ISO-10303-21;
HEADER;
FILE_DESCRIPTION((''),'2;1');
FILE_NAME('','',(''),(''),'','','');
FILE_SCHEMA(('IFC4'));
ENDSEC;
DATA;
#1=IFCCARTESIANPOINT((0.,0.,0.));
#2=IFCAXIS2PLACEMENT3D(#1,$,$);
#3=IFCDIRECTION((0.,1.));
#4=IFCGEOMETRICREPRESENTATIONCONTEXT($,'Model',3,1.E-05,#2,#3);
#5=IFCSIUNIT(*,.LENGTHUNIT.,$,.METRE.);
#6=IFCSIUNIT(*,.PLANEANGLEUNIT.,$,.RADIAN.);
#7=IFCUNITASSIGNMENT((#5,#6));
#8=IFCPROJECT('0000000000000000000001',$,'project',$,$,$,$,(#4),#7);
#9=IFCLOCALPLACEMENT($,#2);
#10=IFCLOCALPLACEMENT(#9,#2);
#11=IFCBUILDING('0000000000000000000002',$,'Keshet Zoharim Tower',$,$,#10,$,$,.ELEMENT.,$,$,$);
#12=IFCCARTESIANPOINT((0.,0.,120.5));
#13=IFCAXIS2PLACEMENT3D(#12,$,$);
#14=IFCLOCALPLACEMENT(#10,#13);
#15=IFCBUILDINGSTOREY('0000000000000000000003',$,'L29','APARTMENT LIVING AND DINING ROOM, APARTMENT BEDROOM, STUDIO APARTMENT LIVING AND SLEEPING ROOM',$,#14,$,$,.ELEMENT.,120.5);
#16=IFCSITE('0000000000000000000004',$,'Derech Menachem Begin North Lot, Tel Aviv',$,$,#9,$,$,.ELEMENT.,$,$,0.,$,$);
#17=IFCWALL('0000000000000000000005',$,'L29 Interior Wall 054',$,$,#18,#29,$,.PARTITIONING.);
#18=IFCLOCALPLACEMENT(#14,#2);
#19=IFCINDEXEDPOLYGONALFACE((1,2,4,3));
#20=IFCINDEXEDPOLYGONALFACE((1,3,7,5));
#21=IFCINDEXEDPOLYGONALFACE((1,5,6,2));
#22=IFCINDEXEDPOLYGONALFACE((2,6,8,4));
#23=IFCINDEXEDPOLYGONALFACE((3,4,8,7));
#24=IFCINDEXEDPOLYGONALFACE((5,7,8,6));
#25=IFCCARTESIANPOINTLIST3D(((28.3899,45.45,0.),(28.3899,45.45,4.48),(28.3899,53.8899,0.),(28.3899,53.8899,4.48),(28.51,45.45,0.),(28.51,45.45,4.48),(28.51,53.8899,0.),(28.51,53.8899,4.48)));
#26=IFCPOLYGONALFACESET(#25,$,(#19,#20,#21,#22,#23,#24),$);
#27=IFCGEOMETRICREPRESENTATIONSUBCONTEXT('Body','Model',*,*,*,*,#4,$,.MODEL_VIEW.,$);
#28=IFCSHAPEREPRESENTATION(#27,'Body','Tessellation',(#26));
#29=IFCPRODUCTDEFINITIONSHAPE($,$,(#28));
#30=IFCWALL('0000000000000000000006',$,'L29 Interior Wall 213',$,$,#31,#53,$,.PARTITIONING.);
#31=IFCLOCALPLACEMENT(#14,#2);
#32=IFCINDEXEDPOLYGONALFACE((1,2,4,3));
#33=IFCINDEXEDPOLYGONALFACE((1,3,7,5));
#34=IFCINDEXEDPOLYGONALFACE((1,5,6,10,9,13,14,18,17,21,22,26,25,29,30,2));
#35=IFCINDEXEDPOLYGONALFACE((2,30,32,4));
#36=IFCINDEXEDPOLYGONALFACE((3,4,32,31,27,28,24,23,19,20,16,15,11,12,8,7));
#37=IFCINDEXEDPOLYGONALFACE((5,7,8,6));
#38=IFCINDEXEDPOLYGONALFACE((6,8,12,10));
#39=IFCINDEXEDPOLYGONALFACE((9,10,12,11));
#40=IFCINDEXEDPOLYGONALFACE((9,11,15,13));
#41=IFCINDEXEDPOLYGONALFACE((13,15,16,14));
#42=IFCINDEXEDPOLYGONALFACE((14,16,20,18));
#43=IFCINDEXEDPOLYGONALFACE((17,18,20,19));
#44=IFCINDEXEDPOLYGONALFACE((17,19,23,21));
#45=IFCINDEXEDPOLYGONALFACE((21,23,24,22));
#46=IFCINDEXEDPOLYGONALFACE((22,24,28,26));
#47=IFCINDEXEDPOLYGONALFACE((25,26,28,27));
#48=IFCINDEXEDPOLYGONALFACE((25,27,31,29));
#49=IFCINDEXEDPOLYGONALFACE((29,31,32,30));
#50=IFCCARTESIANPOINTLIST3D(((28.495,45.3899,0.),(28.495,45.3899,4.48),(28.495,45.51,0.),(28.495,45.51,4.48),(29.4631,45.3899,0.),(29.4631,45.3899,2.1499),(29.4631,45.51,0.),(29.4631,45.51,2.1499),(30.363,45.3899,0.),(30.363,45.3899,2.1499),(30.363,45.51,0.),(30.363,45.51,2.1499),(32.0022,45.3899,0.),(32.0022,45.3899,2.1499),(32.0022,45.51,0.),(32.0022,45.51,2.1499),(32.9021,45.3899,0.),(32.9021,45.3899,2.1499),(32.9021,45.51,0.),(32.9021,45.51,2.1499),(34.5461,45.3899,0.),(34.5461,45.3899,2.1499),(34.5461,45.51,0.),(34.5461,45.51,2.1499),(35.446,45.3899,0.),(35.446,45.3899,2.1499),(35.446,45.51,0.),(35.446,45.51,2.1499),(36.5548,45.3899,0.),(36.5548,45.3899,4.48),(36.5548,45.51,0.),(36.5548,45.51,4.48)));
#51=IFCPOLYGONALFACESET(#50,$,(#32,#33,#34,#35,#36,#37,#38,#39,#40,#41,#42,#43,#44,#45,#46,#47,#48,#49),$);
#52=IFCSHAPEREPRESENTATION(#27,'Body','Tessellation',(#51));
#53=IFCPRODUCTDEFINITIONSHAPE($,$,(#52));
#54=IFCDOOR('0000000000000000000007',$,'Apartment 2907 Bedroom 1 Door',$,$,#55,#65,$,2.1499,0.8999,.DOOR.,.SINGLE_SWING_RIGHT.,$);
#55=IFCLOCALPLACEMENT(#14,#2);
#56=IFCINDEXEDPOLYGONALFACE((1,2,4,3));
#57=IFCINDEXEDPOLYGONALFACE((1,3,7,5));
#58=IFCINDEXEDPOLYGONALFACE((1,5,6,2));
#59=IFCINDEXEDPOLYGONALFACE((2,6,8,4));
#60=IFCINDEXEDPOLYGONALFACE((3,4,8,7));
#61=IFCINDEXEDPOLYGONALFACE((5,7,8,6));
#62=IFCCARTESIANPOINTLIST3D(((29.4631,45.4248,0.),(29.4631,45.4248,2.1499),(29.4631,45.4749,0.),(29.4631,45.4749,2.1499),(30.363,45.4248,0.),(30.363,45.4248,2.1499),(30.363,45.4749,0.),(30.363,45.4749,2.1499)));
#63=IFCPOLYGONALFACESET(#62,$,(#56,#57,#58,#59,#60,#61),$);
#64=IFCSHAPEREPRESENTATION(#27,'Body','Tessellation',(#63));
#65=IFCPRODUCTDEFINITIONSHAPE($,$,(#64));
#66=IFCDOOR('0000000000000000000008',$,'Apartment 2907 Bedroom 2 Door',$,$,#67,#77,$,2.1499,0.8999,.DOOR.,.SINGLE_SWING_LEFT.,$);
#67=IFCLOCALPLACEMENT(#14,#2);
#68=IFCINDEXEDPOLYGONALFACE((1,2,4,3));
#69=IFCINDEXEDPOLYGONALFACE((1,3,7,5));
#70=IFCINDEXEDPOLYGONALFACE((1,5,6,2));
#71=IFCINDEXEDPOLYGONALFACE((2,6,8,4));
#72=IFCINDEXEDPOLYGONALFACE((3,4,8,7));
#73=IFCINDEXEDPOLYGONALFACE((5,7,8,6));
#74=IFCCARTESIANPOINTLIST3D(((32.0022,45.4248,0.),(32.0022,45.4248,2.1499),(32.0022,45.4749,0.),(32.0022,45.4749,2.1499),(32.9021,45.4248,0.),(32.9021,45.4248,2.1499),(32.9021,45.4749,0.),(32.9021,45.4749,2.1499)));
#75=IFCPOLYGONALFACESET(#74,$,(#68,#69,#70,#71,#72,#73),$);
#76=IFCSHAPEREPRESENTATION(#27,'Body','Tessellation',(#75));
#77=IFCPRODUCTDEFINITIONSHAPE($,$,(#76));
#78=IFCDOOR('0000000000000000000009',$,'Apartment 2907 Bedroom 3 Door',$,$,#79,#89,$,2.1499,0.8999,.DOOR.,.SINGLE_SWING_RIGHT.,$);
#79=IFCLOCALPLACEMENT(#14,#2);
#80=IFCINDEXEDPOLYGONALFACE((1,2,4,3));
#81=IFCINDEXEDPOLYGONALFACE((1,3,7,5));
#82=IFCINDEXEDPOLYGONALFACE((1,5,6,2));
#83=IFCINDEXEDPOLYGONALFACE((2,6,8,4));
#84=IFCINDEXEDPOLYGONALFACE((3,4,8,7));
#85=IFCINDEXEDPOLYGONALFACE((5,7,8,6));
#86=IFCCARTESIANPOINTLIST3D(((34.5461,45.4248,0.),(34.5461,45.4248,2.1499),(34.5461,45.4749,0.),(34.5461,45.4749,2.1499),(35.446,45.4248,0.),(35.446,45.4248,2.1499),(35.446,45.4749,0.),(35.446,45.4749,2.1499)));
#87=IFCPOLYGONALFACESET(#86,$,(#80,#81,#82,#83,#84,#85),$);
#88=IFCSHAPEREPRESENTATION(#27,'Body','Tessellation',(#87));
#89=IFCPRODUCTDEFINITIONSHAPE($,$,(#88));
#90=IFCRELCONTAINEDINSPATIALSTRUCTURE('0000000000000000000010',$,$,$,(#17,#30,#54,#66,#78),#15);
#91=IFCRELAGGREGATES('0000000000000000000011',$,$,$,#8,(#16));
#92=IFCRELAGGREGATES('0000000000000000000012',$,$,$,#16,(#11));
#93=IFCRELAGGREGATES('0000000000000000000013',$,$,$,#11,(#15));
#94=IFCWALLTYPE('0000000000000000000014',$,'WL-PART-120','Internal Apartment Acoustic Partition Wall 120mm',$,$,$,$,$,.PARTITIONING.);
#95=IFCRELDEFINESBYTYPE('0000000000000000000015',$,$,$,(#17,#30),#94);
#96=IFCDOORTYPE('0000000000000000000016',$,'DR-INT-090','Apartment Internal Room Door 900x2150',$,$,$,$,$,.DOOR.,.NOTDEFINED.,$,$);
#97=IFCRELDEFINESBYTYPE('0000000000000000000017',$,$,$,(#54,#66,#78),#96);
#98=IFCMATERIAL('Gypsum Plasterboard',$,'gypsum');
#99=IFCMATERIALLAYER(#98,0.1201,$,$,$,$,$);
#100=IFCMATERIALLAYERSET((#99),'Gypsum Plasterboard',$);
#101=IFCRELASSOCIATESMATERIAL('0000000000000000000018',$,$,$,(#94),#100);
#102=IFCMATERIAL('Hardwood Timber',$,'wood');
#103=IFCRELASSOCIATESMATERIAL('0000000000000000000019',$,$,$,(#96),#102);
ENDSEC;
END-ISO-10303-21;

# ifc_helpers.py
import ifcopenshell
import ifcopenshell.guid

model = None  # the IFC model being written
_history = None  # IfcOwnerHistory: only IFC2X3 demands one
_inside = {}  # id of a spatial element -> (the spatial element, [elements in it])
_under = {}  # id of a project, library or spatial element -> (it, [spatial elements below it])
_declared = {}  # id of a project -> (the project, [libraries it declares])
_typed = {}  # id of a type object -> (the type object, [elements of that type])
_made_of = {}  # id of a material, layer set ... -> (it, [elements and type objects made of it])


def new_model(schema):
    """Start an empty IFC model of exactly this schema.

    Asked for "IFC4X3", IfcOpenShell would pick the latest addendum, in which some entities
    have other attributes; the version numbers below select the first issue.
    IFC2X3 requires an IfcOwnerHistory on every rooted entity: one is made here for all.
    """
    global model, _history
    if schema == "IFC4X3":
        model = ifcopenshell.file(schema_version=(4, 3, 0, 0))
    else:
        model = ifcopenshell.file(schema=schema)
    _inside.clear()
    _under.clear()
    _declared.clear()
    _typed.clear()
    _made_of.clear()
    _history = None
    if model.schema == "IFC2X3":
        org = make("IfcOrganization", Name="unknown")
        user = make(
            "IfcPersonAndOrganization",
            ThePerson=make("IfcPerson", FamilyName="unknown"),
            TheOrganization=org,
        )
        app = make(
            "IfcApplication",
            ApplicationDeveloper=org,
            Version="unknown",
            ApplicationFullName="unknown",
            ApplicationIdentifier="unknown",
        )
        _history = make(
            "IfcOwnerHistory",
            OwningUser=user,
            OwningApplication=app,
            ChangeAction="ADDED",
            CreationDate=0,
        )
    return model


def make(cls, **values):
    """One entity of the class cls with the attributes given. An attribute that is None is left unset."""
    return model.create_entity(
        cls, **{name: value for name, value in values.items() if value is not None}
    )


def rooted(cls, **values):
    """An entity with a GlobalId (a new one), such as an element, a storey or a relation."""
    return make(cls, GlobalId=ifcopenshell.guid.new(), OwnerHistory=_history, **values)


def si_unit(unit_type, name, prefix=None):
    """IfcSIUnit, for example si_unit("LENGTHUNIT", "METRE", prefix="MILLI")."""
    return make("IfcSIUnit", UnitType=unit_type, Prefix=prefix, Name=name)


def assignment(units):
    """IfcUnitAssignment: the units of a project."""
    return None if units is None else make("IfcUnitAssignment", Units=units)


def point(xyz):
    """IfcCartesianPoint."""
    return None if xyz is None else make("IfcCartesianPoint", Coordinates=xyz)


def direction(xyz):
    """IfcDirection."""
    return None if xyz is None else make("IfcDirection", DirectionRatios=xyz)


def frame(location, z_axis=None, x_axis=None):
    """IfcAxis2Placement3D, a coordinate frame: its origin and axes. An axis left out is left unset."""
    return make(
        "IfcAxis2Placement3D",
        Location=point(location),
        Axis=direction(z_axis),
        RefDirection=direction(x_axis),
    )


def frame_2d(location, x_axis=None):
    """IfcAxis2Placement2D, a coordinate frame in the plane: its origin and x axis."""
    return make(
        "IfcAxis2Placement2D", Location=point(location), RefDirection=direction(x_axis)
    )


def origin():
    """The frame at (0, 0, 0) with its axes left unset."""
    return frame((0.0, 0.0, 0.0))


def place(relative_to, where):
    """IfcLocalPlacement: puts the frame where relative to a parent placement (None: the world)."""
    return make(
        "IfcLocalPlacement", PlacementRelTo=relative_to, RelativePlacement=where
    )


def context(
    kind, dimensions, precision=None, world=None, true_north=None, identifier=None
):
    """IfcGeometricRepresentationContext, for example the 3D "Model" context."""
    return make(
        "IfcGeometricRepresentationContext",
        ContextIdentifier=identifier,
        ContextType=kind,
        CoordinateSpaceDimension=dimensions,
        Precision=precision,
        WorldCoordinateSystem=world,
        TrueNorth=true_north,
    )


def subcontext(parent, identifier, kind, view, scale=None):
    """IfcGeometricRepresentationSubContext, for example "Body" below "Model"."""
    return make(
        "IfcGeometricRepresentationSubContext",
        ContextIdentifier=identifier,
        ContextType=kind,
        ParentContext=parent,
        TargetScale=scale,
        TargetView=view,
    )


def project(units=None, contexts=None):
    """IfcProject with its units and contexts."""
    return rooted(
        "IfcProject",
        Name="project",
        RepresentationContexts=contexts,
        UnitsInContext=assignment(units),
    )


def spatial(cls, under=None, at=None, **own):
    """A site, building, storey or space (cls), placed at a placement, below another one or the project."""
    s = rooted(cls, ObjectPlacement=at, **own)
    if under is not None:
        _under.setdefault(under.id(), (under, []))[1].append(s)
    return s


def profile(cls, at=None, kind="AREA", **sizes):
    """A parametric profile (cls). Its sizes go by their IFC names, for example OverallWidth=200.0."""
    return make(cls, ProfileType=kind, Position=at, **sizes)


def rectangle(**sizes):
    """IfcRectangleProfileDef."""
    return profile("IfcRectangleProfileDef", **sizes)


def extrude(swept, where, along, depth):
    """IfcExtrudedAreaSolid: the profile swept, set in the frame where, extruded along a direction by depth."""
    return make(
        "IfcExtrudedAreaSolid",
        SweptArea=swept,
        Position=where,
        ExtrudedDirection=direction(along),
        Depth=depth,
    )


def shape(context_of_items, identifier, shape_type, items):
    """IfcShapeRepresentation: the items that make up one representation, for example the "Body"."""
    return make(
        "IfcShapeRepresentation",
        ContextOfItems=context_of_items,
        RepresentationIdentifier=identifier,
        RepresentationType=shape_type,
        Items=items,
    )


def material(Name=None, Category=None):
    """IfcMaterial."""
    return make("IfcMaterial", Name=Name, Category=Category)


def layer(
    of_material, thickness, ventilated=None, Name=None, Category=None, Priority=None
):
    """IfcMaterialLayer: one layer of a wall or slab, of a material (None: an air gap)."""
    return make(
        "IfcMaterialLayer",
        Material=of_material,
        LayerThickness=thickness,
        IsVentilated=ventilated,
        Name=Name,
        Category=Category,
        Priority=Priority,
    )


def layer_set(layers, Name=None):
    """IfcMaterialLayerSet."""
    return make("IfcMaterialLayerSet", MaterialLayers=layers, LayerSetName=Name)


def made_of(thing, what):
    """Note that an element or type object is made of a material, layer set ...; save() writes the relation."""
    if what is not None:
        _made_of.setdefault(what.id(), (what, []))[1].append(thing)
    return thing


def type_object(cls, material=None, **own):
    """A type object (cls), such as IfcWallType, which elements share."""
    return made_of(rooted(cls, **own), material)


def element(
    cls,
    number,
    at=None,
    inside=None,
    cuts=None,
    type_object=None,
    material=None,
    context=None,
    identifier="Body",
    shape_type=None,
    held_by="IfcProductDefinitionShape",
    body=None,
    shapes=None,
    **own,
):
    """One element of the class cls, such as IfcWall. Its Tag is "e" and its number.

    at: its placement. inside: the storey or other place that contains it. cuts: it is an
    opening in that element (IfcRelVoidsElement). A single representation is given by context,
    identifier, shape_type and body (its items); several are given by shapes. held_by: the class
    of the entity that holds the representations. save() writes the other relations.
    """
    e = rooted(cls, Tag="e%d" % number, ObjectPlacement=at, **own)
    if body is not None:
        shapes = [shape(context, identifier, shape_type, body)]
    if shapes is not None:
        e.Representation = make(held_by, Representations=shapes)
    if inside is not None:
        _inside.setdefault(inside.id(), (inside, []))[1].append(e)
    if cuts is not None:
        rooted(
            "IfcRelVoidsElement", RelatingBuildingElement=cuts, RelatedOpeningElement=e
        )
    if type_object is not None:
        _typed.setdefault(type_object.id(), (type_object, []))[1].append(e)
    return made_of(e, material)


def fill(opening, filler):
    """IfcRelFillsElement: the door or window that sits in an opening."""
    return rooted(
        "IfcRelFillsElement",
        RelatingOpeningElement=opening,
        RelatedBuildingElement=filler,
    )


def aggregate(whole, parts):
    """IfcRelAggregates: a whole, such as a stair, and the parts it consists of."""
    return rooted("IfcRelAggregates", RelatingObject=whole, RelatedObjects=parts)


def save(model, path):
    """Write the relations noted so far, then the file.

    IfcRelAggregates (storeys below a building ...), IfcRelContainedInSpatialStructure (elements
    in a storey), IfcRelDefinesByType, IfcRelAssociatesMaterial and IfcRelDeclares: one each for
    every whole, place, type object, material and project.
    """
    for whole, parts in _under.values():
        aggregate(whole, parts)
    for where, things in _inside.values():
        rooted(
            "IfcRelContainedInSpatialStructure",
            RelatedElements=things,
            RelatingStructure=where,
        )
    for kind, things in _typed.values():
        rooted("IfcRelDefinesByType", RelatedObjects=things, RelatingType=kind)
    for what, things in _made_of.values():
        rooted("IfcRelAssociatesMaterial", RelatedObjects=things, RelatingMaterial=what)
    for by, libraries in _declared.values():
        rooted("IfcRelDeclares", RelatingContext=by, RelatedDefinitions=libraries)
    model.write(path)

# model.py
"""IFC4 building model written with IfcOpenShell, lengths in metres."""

from ifc_helpers import new_model, si_unit, direction, frame, frame_2d, origin, place, context, subcontext, project, spatial, rectangle, extrude, material, layer, layer_set, type_object, element, fill, save


model = new_model("IFC4")

# Units and contexts
model_context = context("Model", 3, precision=1e-05, world=origin(), true_north=direction((0.0, 1.0)))
body_context = subcontext(model_context, "Body", "Model", "MODEL_VIEW")
ifc_project = project(units=[si_unit("LENGTHUNIT", "METRE"), si_unit("PLANEANGLEUNIT", "RADIAN")], contexts=[model_context])

# Site, building, storey
site_placement = place(None, origin())
site = spatial("IfcSite", under=ifc_project, at=site_placement, Name="Derech Menachem Begin North Lot, Tel Aviv", CompositionType="ELEMENT", RefElevation=0.0)
building_placement = place(site_placement, origin())
building = spatial("IfcBuilding", under=site, at=building_placement, Name="Keshet Zoharim Tower", CompositionType="ELEMENT")
storey_placement = place(building_placement, frame((0.0, 0.0, 120.5)))
storey = spatial("IfcBuildingStorey", under=building, at=storey_placement, Name="L29", Description="APARTMENT LIVING AND DINING ROOM, APARTMENT BEDROOM, STUDIO APARTMENT LIVING AND SLEEPING ROOM", CompositionType="ELEMENT", Elevation=120.5)

# Wall
ifc_material_1 = material(Name="Gypsum Plasterboard", Category="gypsum")
ifc_layer_1 = layer(ifc_material_1, 0.1201)
ifc_layer_set_1 = layer_set([ifc_layer_1], Name="Gypsum Plasterboard")
wall_type = type_object("IfcWallType", Name="WL-PART-120", Description="Internal Apartment Acoustic Partition Wall 120mm", PredefinedType="PARTITIONING", material=ifc_layer_set_1)
wall_1_placement = place(storey_placement, frame((28.45, 45.45, 0.0), z_axis=(0.0, 0.0, 1.0), x_axis=(0.0, 1.0, 0.0)))
element("IfcWall", 1, at=wall_1_placement, inside=storey, type_object=wall_type, Name="L29 Interior Wall 054", PredefinedType="PARTITIONING", context=body_context, shape_type="SweptSolid", body=[
    extrude(rectangle(XDim=8.4399, YDim=0.1201, at=frame_2d((4.22, 0.0))), origin(), (0.0, 0.0, 1.0), 4.48),
])

# Wall, openings, doors
wall_2_placement = place(storey_placement, frame((28.4951, 45.45, 0.0), z_axis=(0.0, 0.0, 1.0), x_axis=(1.0, 0.0, 0.0)))
wall_2 = element("IfcWall", 2, at=wall_2_placement, inside=storey, type_object=wall_type, Name="L29 Interior Wall 213", PredefinedType="PARTITIONING", context=body_context, shape_type="SweptSolid", body=[
    extrude(rectangle(XDim=8.0598, YDim=0.1201, at=frame_2d((4.0298, 0.0))), origin(), (0.0, 0.0, 1.0), 4.48),
])
opening_1_placement = place(wall_2_placement, frame((0.968, 0.0, 0.0)))
opening_1 = element("IfcOpeningElement", 3, at=opening_1_placement, cuts=wall_2, PredefinedType="OPENING", context=body_context, shape_type="SweptSolid", body=[
    extrude(rectangle(XDim=0.8999, YDim=2.1499, at=frame_2d((0.45, 1.075))), frame((0.0, 0.0701, 0.0), z_axis=(0.0, -1.0, 0.0), x_axis=(1.0, 0.0, 0.0)), (0.0, 0.0, 1.0), 0.1401),
])
opening_2_placement = place(wall_2_placement, frame((3.5071, 0.0, 0.0)))
opening_2 = element("IfcOpeningElement", 4, at=opening_2_placement, cuts=wall_2, PredefinedType="OPENING", context=body_context, shape_type="SweptSolid", body=[
    extrude(rectangle(XDim=0.8999, YDim=2.1499, at=frame_2d((0.45, 1.075))), frame((0.0, 0.0701, 0.0), z_axis=(0.0, -1.0, 0.0), x_axis=(1.0, 0.0, 0.0)), (0.0, 0.0, 1.0), 0.1401),
])
opening_3_placement = place(wall_2_placement, frame((6.051, 0.0, 0.0)))
opening_3 = element("IfcOpeningElement", 5, at=opening_3_placement, cuts=wall_2, PredefinedType="OPENING", context=body_context, shape_type="SweptSolid", body=[
    extrude(rectangle(XDim=0.8999, YDim=2.1499, at=frame_2d((0.45, 1.075))), frame((0.0, 0.0701, 0.0), z_axis=(0.0, -1.0, 0.0), x_axis=(1.0, 0.0, 0.0)), (0.0, 0.0, 1.0), 0.1401),
])
ifc_material_2 = material(Name="Hardwood Timber", Category="wood")
door_type = type_object("IfcDoorType", Name="DR-INT-090", Description="Apartment Internal Room Door 900x2150", OperationType="NOTDEFINED", PredefinedType="DOOR", material=ifc_material_2)
door_1_placement = place(opening_1_placement, origin())
door_1 = element("IfcDoor", 6, at=door_1_placement, inside=storey, type_object=door_type, Name="Apartment 2907 Bedroom 1 Door", OperationType="SINGLE_SWING_RIGHT", OverallHeight=2.1499, OverallWidth=0.8999, PredefinedType="DOOR", context=body_context, shape_type="SweptSolid", body=[
    extrude(rectangle(XDim=0.8999, YDim=2.1499, at=frame_2d((0.45, 1.075))), frame((0.0, 0.0249, 0.0), z_axis=(0.0, -1.0, 0.0), x_axis=(1.0, 0.0, 0.0)), (0.0, 0.0, 1.0), 0.05),
])
fill(opening_1, door_1)
door_2_placement = place(opening_2_placement, origin())
door_2 = element("IfcDoor", 7, at=door_2_placement, inside=storey, type_object=door_type, Name="Apartment 2907 Bedroom 2 Door", OperationType="SINGLE_SWING_LEFT", OverallHeight=2.1499, OverallWidth=0.8999, PredefinedType="DOOR", context=body_context, shape_type="SweptSolid", body=[
    extrude(rectangle(XDim=0.8999, YDim=2.1499, at=frame_2d((0.45, 1.075))), frame((0.0, 0.0249, 0.0), z_axis=(0.0, -1.0, 0.0), x_axis=(1.0, 0.0, 0.0)), (0.0, 0.0, 1.0), 0.05),
])
fill(opening_2, door_2)
door_3_placement = place(opening_3_placement, origin())
door_3 = element("IfcDoor", 8, at=door_3_placement, inside=storey, type_object=door_type, Name="Apartment 2907 Bedroom 3 Door", OperationType="SINGLE_SWING_RIGHT", OverallHeight=2.1499, OverallWidth=0.8999, PredefinedType="DOOR", context=body_context, shape_type="SweptSolid", body=[
    extrude(rectangle(XDim=0.8999, YDim=2.1499, at=frame_2d((0.45, 1.075))), frame((0.0, 0.0249, 0.0), z_axis=(0.0, -1.0, 0.0), x_axis=(1.0, 0.0, 0.0)), (0.0, 0.0, 1.0), 0.05),
])
fill(opening_3, door_3)

save(model, "model.ifc")
